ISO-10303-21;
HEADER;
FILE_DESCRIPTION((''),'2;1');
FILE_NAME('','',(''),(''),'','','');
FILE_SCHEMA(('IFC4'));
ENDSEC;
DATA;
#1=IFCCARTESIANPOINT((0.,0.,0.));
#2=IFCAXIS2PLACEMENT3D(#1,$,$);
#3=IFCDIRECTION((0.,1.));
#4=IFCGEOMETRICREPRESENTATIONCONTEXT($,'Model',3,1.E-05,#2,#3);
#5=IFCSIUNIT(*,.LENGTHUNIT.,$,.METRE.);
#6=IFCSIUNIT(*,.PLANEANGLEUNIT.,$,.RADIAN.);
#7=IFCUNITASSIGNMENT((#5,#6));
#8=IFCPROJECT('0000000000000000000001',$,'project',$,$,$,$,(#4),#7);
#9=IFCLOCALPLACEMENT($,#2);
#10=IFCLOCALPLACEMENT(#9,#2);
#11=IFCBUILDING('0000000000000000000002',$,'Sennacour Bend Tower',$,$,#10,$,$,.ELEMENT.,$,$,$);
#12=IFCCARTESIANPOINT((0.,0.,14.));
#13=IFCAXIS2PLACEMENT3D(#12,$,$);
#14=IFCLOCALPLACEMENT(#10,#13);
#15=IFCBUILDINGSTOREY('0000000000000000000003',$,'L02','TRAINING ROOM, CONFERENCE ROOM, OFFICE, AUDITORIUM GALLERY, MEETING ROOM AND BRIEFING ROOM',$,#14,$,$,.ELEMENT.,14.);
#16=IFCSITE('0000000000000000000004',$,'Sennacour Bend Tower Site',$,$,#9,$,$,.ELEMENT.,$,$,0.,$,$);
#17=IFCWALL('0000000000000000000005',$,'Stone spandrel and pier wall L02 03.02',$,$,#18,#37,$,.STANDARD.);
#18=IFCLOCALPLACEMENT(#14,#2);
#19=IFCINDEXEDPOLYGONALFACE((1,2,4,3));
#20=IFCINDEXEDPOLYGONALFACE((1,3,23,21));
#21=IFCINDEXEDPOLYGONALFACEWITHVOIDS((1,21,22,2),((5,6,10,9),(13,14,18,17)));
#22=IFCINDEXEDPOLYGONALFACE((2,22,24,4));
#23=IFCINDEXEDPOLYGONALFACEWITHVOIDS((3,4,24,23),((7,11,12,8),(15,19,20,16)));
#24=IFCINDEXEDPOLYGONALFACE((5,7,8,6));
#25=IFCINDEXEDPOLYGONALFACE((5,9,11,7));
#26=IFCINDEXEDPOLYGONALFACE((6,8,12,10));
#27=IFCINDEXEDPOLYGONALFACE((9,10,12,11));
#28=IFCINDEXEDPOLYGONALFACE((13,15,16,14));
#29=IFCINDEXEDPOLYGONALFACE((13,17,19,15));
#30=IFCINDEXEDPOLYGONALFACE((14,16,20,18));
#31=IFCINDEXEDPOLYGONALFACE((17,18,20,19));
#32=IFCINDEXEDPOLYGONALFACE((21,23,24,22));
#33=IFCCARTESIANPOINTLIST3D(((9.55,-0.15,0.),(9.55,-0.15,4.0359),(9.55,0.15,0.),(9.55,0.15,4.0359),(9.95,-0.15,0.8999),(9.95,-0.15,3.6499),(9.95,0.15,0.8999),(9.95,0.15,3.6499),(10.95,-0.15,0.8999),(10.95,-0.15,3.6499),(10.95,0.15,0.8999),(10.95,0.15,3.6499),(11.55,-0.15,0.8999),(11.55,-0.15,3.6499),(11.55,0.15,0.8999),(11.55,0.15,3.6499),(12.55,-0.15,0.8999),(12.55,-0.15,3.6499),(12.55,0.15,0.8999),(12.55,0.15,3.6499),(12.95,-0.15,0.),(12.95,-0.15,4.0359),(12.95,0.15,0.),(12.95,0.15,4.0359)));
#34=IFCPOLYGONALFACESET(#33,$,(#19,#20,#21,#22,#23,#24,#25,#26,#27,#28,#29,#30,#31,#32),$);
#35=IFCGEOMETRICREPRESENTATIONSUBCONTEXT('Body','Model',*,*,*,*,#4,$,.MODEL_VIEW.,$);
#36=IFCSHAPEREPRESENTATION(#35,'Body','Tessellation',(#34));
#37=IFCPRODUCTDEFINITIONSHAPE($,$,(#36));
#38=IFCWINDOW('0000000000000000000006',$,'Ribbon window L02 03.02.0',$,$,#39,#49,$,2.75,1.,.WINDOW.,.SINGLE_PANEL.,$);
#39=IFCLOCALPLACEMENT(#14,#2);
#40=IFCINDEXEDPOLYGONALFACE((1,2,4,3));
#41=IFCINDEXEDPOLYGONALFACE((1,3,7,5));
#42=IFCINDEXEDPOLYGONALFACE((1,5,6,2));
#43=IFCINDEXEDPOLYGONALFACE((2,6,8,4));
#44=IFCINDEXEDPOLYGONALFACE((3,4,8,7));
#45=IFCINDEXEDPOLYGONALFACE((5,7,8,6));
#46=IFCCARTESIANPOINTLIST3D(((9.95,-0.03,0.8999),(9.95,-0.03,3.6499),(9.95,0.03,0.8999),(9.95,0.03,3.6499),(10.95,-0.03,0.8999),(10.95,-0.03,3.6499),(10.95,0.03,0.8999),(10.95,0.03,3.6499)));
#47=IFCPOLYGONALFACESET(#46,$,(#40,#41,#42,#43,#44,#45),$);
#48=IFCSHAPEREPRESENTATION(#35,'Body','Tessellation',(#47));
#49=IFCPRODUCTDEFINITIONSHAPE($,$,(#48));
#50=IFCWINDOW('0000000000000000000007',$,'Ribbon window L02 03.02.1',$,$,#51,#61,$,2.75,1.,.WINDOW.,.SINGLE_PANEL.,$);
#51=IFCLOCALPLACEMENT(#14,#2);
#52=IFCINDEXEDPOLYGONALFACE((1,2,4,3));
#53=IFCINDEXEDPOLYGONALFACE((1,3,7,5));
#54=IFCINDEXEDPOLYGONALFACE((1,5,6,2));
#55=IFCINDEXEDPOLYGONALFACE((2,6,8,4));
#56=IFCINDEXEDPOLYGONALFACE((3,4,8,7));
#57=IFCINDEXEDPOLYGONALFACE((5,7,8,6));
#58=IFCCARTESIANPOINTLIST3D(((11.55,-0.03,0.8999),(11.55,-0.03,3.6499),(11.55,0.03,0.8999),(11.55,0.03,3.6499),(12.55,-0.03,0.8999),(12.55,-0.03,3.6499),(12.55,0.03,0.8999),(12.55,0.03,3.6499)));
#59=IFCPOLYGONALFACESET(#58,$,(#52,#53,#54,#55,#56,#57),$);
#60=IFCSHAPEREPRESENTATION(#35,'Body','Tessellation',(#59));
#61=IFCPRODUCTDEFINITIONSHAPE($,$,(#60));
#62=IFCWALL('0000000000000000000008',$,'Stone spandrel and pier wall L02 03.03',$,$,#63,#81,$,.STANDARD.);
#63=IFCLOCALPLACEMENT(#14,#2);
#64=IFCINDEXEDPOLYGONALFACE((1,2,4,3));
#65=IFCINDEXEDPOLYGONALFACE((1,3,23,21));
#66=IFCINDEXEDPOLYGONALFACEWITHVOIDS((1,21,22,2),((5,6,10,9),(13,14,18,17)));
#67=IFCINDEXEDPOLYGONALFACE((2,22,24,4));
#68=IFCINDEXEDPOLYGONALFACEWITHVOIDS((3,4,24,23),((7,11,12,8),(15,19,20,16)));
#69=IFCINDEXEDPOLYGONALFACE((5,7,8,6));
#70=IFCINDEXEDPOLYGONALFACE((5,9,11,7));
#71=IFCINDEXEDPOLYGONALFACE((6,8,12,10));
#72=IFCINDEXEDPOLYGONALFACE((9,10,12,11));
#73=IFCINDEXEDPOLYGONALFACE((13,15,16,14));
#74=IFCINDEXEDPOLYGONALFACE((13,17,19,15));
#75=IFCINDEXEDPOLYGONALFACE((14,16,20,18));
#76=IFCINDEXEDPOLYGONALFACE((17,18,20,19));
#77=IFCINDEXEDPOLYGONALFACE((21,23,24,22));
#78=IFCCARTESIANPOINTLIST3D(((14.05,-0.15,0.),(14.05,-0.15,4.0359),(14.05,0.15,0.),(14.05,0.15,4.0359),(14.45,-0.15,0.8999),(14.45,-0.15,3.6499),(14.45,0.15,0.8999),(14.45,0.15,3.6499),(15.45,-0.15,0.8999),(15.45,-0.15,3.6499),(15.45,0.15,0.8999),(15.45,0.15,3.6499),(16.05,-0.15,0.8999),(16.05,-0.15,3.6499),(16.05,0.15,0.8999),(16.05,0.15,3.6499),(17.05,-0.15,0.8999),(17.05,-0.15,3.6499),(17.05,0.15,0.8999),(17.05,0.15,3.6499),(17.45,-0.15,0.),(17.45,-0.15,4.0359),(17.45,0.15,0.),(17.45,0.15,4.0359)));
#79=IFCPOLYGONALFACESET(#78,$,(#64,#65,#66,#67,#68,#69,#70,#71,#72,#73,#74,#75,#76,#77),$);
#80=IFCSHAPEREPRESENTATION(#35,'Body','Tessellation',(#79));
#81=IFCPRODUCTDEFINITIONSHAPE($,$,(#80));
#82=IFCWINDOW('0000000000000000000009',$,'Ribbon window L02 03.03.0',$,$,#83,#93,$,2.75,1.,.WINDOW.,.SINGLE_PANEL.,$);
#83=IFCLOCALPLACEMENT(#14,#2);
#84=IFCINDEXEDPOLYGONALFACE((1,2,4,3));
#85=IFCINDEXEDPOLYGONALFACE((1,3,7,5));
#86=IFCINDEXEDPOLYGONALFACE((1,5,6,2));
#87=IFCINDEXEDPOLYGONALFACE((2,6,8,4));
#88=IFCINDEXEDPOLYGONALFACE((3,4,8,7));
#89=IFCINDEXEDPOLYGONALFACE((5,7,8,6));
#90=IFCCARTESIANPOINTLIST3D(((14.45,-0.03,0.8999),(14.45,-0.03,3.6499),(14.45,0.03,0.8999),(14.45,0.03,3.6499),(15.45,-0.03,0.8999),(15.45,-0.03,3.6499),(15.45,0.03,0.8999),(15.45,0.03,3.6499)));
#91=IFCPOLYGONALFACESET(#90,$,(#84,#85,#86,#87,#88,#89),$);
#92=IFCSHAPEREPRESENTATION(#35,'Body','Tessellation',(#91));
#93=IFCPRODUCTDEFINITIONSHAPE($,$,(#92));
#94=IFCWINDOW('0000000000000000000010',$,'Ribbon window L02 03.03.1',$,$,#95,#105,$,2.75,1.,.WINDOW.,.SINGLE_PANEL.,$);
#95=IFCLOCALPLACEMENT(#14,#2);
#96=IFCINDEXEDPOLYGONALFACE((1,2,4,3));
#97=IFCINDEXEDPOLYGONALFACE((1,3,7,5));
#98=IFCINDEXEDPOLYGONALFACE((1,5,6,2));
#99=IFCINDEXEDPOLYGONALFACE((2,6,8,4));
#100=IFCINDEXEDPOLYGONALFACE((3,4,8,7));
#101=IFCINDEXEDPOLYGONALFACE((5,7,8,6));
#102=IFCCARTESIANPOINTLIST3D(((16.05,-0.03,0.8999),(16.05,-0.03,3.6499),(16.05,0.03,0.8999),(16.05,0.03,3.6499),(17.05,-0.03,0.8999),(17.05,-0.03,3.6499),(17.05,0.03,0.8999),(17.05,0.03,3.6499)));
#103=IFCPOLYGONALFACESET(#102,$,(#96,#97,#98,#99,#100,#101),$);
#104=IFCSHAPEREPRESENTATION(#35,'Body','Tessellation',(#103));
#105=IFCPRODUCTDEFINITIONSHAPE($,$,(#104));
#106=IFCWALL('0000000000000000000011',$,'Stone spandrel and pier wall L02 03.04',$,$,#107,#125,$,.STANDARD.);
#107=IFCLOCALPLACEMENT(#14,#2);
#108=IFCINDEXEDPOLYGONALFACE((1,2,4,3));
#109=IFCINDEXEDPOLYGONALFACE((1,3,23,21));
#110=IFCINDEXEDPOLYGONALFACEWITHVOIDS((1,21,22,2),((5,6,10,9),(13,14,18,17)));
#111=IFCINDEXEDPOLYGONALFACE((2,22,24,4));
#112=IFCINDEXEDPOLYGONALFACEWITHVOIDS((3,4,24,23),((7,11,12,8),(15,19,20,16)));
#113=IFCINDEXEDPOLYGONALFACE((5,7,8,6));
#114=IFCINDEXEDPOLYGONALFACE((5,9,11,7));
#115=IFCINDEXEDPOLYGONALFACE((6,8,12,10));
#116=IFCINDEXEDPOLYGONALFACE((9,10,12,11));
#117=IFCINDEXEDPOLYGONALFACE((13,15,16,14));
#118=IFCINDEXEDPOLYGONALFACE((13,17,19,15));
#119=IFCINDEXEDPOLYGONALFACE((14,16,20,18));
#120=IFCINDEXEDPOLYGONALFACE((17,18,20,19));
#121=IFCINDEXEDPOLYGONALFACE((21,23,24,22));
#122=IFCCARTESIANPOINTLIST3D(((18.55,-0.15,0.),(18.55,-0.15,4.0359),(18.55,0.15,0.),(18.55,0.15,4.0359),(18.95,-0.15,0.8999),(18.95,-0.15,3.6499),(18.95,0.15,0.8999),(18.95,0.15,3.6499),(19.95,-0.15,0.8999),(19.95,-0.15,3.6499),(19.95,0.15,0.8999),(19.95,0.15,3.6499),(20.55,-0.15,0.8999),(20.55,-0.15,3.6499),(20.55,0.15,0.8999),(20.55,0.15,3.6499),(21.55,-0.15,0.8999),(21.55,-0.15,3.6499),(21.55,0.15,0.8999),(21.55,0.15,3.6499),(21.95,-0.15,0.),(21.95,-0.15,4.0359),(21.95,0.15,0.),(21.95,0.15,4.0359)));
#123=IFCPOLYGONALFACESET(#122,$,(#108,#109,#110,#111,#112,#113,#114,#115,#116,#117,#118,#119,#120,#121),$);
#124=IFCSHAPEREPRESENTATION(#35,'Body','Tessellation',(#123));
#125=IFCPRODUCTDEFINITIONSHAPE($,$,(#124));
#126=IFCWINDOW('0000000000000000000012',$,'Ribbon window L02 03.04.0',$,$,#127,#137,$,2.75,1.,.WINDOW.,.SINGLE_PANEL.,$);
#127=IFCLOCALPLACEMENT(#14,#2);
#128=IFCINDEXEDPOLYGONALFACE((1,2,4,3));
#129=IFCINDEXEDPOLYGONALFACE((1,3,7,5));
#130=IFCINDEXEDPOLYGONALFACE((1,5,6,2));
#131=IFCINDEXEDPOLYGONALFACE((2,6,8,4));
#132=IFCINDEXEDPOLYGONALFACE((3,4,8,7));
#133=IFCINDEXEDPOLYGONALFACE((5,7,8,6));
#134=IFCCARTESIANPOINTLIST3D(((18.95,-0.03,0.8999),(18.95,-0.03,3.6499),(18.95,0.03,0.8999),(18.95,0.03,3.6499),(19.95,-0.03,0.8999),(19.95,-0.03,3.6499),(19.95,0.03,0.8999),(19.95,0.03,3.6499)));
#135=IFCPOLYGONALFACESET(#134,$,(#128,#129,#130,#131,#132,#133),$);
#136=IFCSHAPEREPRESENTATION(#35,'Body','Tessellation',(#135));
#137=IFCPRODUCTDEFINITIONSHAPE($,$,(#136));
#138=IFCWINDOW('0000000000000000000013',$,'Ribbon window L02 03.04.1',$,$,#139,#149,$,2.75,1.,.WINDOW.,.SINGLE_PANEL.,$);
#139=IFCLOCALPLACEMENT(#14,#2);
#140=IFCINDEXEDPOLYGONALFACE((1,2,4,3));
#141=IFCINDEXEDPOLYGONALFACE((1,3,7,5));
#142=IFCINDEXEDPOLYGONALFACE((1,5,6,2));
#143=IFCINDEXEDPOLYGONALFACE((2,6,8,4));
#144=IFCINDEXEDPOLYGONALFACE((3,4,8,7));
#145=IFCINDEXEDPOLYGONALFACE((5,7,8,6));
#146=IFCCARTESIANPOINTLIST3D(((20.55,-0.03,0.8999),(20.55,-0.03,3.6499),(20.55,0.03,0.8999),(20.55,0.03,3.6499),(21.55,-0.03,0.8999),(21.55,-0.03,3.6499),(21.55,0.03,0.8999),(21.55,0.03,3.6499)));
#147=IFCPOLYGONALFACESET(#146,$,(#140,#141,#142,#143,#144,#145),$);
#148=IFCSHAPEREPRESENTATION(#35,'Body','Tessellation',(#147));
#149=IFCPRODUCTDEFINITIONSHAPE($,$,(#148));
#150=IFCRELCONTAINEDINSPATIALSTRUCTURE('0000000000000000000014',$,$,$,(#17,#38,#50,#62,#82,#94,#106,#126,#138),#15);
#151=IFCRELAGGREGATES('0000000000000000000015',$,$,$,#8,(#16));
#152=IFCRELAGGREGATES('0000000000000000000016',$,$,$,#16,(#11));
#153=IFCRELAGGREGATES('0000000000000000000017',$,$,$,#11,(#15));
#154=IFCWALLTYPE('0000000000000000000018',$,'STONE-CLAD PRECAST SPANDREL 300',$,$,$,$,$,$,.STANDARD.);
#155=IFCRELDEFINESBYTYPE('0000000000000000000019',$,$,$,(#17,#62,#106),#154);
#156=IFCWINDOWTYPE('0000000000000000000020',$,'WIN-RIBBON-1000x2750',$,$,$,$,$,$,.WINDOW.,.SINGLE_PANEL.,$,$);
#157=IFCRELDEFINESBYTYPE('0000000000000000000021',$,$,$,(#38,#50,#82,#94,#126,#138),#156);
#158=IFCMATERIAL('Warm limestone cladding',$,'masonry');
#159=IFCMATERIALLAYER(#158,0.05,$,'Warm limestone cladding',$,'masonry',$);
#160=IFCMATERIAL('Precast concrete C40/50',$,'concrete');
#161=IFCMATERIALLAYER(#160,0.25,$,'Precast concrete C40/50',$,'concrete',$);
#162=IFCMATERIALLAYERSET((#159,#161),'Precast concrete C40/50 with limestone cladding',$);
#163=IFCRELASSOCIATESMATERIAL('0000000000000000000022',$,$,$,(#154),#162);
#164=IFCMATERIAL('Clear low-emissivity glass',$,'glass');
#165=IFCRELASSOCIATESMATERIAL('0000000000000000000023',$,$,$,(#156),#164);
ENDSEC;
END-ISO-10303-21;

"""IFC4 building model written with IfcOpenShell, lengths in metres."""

from ifc_helpers import new_model, si_unit, direction, frame, frame_2d, origin, place, context, subcontext, project, spatial, rectangle, extrude, material, layer, layer_set, type_object, element, fill, save


model = new_model("IFC4")

# Units and contexts
model_context = context("Model", 3, precision=1e-05, world=origin(), true_north=direction((0.0, 1.0)))
body_context = subcontext(model_context, "Body", "Model", "MODEL_VIEW")
ifc_project = project(units=[si_unit("LENGTHUNIT", "METRE"), si_unit("PLANEANGLEUNIT", "RADIAN")], contexts=[model_context])

# Site, building, storey
site_placement = place(None, origin())
site = spatial("IfcSite", under=ifc_project, at=site_placement, Name="Sennacour Bend Tower Site", CompositionType="ELEMENT", RefElevation=0.0)
building_placement = place(site_placement, origin())
building = spatial("IfcBuilding", under=site, at=building_placement, Name="Sennacour Bend Tower", CompositionType="ELEMENT")
storey_placement = place(building_placement, frame((0.0, 0.0, 14.0)))
storey = spatial("IfcBuildingStorey", under=building, at=storey_placement, Name="L02", Description="TRAINING ROOM, CONFERENCE ROOM, OFFICE, AUDITORIUM GALLERY, MEETING ROOM AND BRIEFING ROOM", CompositionType="ELEMENT", Elevation=14.0)

# Walls, openings, windows
ifc_material_1 = material(Name="Warm limestone cladding", Category="masonry")
ifc_layer_1 = layer(ifc_material_1, 0.05, Name="Warm limestone cladding", Category="masonry")
ifc_material_2 = material(Name="Precast concrete C40/50", Category="concrete")
ifc_layer_2 = layer(ifc_material_2, 0.25, Name="Precast concrete C40/50", Category="concrete")
ifc_layer_set_1 = layer_set([ifc_layer_1, ifc_layer_2], Name="Precast concrete C40/50 with limestone cladding")
wall_type_1 = type_object("IfcWallType", Name="STONE-CLAD PRECAST SPANDREL 300", PredefinedType="STANDARD", material=ifc_layer_set_1)
wall_1_placement = place(storey_placement, frame((9.55, 0.0, 0.0), z_axis=(0.0, 0.0, 1.0), x_axis=(1.0, 0.0, 0.0)))
wall_1 = element("IfcWall", 1, at=wall_1_placement, inside=storey, type_object=wall_type_1, Name="Stone spandrel and pier wall L02 03.02", PredefinedType="STANDARD", context=body_context, shape_type="SweptSolid", body=[
    extrude(rectangle(XDim=3.3999, YDim=0.3, at=frame_2d((1.7, 0.0))), origin(), (0.0, 0.0, 1.0), 4.0359),
])
opening_1_placement = place(wall_1_placement, frame((0.3999, 0.0, 0.8999)))
opening_1 = element("IfcOpeningElement", 2, at=opening_1_placement, cuts=wall_1, PredefinedType="OPENING", context=body_context, shape_type="SweptSolid", body=[
    extrude(rectangle(XDim=1.0, YDim=2.75, at=frame_2d((0.5, 1.375))), frame((0.0, 0.1602, 0.0), z_axis=(0.0, -1.0, 0.0), x_axis=(1.0, 0.0, 0.0)), (0.0, 0.0, 1.0), 0.3201),
])
opening_2_placement = place(wall_1_placement, frame((2.0, 0.0, 0.8999)))
opening_2 = element("IfcOpeningElement", 3, at=opening_2_placement, cuts=wall_1, PredefinedType="OPENING", context=body_context, shape_type="SweptSolid", body=[
    extrude(rectangle(XDim=1.0, YDim=2.75, at=frame_2d((0.5, 1.375))), frame((0.0, 0.1602, 0.0), z_axis=(0.0, -1.0, 0.0), x_axis=(1.0, 0.0, 0.0)), (0.0, 0.0, 1.0), 0.3201),
])
ifc_material_3 = material(Name="Clear low-emissivity glass", Category="glass")
window_type = type_object("IfcWindowType", Name="WIN-RIBBON-1000x2750", PartitioningType="SINGLE_PANEL", PredefinedType="WINDOW", material=ifc_material_3)
window_1_placement = place(opening_1_placement, origin())
window_1 = element("IfcWindow", 4, at=window_1_placement, inside=storey, type_object=window_type, Name="Ribbon window L02 03.02.0", OverallHeight=2.75, OverallWidth=1.0, PartitioningType="SINGLE_PANEL", PredefinedType="WINDOW", context=body_context, shape_type="SweptSolid", body=[
    extrude(rectangle(XDim=1.0, YDim=2.75, at=frame_2d((0.5, 1.375))), frame((0.0, 0.03, 0.0), z_axis=(0.0, -1.0, 0.0), x_axis=(1.0, 0.0, 0.0)), (0.0, 0.0, 1.0), 0.0601),
])
fill(opening_1, window_1)
window_2_placement = place(opening_2_placement, origin())
window_2 = element("IfcWindow", 5, at=window_2_placement, inside=storey, type_object=window_type, Name="Ribbon window L02 03.02.1", OverallHeight=2.75, OverallWidth=1.0, PartitioningType="SINGLE_PANEL", PredefinedType="WINDOW", context=body_context, shape_type="SweptSolid", body=[
    extrude(rectangle(XDim=1.0, YDim=2.75, at=frame_2d((0.5, 1.375))), frame((0.0, 0.03, 0.0), z_axis=(0.0, -1.0, 0.0), x_axis=(1.0, 0.0, 0.0)), (0.0, 0.0, 1.0), 0.0601),
])
fill(opening_2, window_2)
wall_2_placement = place(storey_placement, frame((14.05, 0.0, 0.0), z_axis=(0.0, 0.0, 1.0), x_axis=(1.0, 0.0, 0.0)))
wall_2 = element("IfcWall", 6, at=wall_2_placement, inside=storey, type_object=wall_type_1, Name="Stone spandrel and pier wall L02 03.03", PredefinedType="STANDARD", context=body_context, shape_type="SweptSolid", body=[
    extrude(rectangle(XDim=3.3999, YDim=0.3, at=frame_2d((1.7, 0.0))), origin(), (0.0, 0.0, 1.0), 4.0359),
])
opening_3_placement = place(wall_2_placement, frame((0.3999, 0.0, 0.8999)))
opening_3 = element("IfcOpeningElement", 7, at=opening_3_placement, cuts=wall_2, PredefinedType="OPENING", context=body_context, shape_type="SweptSolid", body=[
    extrude(rectangle(XDim=1.0, YDim=2.75, at=frame_2d((0.5, 1.375))), frame((0.0, 0.1602, 0.0), z_axis=(0.0, -1.0, 0.0), x_axis=(1.0, 0.0, 0.0)), (0.0, 0.0, 1.0), 0.3201),
])
opening_4_placement = place(wall_2_placement, frame((2.0, 0.0, 0.8999)))
opening_4 = element("IfcOpeningElement", 8, at=opening_4_placement, cuts=wall_2, PredefinedType="OPENING", context=body_context, shape_type="SweptSolid", body=[
    extrude(rectangle(XDim=1.0, YDim=2.75, at=frame_2d((0.5, 1.375))), frame((0.0, 0.1602, 0.0), z_axis=(0.0, -1.0, 0.0), x_axis=(1.0, 0.0, 0.0)), (0.0, 0.0, 1.0), 0.3201),
])
window_3_placement = place(opening_3_placement, origin())
window_3 = element("IfcWindow", 9, at=window_3_placement, inside=storey, type_object=window_type, Name="Ribbon window L02 03.03.0", OverallHeight=2.75, OverallWidth=1.0, PartitioningType="SINGLE_PANEL", PredefinedType="WINDOW", context=body_context, shape_type="SweptSolid", body=[
    extrude(rectangle(XDim=1.0, YDim=2.75, at=frame_2d((0.5, 1.375))), frame((0.0, 0.03, 0.0), z_axis=(0.0, -1.0, 0.0), x_axis=(1.0, 0.0, 0.0)), (0.0, 0.0, 1.0), 0.0601),
])
fill(opening_3, window_3)
window_4_placement = place(opening_4_placement, origin())
window_4 = element("IfcWindow", 10, at=window_4_placement, inside=storey, type_object=window_type, Name="Ribbon window L02 03.03.1", OverallHeight=2.75, OverallWidth=1.0, PartitioningType="SINGLE_PANEL", PredefinedType="WINDOW", context=body_context, shape_type="SweptSolid", body=[
    extrude(rectangle(XDim=1.0, YDim=2.75, at=frame_2d((0.5, 1.375))), frame((0.0, 0.03, 0.0), z_axis=(0.0, -1.0, 0.0), x_axis=(1.0, 0.0, 0.0)), (0.0, 0.0, 1.0), 0.0601),
])
fill(opening_4, window_4)
wall_3_placement = place(storey_placement, frame((18.55, 0.0, 0.0), z_axis=(0.0, 0.0, 1.0), x_axis=(1.0, 0.0, 0.0)))
wall_3 = element("IfcWall", 11, at=wall_3_placement, inside=storey, type_object=wall_type_1, Name="Stone spandrel and pier wall L02 03.04", PredefinedType="STANDARD", context=body_context, shape_type="SweptSolid", body=[
    extrude(rectangle(XDim=3.3999, YDim=0.3, at=frame_2d((1.7, 0.0))), origin(), (0.0, 0.0, 1.0), 4.0359),
])
opening_5_placement = place(wall_3_placement, frame((0.3999, 0.0, 0.8999)))
opening_5 = element("IfcOpeningElement", 12, at=opening_5_placement, cuts=wall_3, PredefinedType="OPENING", context=body_context, shape_type="SweptSolid", body=[
    extrude(rectangle(XDim=1.0, YDim=2.75, at=frame_2d((0.5, 1.375))), frame((0.0, 0.1602, 0.0), z_axis=(0.0, -1.0, 0.0), x_axis=(1.0, 0.0, 0.0)), (0.0, 0.0, 1.0), 0.3201),
])
opening_6_placement = place(wall_3_placement, frame((2.0, 0.0, 0.8999)))
opening_6 = element("IfcOpeningElement", 13, at=opening_6_placement, cuts=wall_3, PredefinedType="OPENING", context=body_context, shape_type="SweptSolid", body=[
    extrude(rectangle(XDim=1.0, YDim=2.75, at=frame_2d((0.5, 1.375))), frame((0.0, 0.1602, 0.0), z_axis=(0.0, -1.0, 0.0), x_axis=(1.0, 0.0, 0.0)), (0.0, 0.0, 1.0), 0.3201),
])
window_5_placement = place(opening_5_placement, origin())
window_5 = element("IfcWindow", 14, at=window_5_placement, inside=storey, type_object=window_type, Name="Ribbon window L02 03.04.0", OverallHeight=2.75, OverallWidth=1.0, PartitioningType="SINGLE_PANEL", PredefinedType="WINDOW", context=body_context, shape_type="SweptSolid", body=[
    extrude(rectangle(XDim=1.0, YDim=2.75, at=frame_2d((0.5, 1.375))), frame((0.0, 0.03, 0.0), z_axis=(0.0, -1.0, 0.0), x_axis=(1.0, 0.0, 0.0)), (0.0, 0.0, 1.0), 0.0601),
])
fill(opening_5, window_5)
window_6_placement = place(opening_6_placement, origin())
window_6 = element("IfcWindow", 15, at=window_6_placement, inside=storey, type_object=window_type, Name="Ribbon window L02 03.04.1", OverallHeight=2.75, OverallWidth=1.0, PartitioningType="SINGLE_PANEL", PredefinedType="WINDOW", context=body_context, shape_type="SweptSolid", body=[
    extrude(rectangle(XDim=1.0, YDim=2.75, at=frame_2d((0.5, 1.375))), frame((0.0, 0.03, 0.0), z_axis=(0.0, -1.0, 0.0), x_axis=(1.0, 0.0, 0.0)), (0.0, 0.0, 1.0), 0.0601),
])
fill(opening_6, window_6)

save(model, "model.ifc")
